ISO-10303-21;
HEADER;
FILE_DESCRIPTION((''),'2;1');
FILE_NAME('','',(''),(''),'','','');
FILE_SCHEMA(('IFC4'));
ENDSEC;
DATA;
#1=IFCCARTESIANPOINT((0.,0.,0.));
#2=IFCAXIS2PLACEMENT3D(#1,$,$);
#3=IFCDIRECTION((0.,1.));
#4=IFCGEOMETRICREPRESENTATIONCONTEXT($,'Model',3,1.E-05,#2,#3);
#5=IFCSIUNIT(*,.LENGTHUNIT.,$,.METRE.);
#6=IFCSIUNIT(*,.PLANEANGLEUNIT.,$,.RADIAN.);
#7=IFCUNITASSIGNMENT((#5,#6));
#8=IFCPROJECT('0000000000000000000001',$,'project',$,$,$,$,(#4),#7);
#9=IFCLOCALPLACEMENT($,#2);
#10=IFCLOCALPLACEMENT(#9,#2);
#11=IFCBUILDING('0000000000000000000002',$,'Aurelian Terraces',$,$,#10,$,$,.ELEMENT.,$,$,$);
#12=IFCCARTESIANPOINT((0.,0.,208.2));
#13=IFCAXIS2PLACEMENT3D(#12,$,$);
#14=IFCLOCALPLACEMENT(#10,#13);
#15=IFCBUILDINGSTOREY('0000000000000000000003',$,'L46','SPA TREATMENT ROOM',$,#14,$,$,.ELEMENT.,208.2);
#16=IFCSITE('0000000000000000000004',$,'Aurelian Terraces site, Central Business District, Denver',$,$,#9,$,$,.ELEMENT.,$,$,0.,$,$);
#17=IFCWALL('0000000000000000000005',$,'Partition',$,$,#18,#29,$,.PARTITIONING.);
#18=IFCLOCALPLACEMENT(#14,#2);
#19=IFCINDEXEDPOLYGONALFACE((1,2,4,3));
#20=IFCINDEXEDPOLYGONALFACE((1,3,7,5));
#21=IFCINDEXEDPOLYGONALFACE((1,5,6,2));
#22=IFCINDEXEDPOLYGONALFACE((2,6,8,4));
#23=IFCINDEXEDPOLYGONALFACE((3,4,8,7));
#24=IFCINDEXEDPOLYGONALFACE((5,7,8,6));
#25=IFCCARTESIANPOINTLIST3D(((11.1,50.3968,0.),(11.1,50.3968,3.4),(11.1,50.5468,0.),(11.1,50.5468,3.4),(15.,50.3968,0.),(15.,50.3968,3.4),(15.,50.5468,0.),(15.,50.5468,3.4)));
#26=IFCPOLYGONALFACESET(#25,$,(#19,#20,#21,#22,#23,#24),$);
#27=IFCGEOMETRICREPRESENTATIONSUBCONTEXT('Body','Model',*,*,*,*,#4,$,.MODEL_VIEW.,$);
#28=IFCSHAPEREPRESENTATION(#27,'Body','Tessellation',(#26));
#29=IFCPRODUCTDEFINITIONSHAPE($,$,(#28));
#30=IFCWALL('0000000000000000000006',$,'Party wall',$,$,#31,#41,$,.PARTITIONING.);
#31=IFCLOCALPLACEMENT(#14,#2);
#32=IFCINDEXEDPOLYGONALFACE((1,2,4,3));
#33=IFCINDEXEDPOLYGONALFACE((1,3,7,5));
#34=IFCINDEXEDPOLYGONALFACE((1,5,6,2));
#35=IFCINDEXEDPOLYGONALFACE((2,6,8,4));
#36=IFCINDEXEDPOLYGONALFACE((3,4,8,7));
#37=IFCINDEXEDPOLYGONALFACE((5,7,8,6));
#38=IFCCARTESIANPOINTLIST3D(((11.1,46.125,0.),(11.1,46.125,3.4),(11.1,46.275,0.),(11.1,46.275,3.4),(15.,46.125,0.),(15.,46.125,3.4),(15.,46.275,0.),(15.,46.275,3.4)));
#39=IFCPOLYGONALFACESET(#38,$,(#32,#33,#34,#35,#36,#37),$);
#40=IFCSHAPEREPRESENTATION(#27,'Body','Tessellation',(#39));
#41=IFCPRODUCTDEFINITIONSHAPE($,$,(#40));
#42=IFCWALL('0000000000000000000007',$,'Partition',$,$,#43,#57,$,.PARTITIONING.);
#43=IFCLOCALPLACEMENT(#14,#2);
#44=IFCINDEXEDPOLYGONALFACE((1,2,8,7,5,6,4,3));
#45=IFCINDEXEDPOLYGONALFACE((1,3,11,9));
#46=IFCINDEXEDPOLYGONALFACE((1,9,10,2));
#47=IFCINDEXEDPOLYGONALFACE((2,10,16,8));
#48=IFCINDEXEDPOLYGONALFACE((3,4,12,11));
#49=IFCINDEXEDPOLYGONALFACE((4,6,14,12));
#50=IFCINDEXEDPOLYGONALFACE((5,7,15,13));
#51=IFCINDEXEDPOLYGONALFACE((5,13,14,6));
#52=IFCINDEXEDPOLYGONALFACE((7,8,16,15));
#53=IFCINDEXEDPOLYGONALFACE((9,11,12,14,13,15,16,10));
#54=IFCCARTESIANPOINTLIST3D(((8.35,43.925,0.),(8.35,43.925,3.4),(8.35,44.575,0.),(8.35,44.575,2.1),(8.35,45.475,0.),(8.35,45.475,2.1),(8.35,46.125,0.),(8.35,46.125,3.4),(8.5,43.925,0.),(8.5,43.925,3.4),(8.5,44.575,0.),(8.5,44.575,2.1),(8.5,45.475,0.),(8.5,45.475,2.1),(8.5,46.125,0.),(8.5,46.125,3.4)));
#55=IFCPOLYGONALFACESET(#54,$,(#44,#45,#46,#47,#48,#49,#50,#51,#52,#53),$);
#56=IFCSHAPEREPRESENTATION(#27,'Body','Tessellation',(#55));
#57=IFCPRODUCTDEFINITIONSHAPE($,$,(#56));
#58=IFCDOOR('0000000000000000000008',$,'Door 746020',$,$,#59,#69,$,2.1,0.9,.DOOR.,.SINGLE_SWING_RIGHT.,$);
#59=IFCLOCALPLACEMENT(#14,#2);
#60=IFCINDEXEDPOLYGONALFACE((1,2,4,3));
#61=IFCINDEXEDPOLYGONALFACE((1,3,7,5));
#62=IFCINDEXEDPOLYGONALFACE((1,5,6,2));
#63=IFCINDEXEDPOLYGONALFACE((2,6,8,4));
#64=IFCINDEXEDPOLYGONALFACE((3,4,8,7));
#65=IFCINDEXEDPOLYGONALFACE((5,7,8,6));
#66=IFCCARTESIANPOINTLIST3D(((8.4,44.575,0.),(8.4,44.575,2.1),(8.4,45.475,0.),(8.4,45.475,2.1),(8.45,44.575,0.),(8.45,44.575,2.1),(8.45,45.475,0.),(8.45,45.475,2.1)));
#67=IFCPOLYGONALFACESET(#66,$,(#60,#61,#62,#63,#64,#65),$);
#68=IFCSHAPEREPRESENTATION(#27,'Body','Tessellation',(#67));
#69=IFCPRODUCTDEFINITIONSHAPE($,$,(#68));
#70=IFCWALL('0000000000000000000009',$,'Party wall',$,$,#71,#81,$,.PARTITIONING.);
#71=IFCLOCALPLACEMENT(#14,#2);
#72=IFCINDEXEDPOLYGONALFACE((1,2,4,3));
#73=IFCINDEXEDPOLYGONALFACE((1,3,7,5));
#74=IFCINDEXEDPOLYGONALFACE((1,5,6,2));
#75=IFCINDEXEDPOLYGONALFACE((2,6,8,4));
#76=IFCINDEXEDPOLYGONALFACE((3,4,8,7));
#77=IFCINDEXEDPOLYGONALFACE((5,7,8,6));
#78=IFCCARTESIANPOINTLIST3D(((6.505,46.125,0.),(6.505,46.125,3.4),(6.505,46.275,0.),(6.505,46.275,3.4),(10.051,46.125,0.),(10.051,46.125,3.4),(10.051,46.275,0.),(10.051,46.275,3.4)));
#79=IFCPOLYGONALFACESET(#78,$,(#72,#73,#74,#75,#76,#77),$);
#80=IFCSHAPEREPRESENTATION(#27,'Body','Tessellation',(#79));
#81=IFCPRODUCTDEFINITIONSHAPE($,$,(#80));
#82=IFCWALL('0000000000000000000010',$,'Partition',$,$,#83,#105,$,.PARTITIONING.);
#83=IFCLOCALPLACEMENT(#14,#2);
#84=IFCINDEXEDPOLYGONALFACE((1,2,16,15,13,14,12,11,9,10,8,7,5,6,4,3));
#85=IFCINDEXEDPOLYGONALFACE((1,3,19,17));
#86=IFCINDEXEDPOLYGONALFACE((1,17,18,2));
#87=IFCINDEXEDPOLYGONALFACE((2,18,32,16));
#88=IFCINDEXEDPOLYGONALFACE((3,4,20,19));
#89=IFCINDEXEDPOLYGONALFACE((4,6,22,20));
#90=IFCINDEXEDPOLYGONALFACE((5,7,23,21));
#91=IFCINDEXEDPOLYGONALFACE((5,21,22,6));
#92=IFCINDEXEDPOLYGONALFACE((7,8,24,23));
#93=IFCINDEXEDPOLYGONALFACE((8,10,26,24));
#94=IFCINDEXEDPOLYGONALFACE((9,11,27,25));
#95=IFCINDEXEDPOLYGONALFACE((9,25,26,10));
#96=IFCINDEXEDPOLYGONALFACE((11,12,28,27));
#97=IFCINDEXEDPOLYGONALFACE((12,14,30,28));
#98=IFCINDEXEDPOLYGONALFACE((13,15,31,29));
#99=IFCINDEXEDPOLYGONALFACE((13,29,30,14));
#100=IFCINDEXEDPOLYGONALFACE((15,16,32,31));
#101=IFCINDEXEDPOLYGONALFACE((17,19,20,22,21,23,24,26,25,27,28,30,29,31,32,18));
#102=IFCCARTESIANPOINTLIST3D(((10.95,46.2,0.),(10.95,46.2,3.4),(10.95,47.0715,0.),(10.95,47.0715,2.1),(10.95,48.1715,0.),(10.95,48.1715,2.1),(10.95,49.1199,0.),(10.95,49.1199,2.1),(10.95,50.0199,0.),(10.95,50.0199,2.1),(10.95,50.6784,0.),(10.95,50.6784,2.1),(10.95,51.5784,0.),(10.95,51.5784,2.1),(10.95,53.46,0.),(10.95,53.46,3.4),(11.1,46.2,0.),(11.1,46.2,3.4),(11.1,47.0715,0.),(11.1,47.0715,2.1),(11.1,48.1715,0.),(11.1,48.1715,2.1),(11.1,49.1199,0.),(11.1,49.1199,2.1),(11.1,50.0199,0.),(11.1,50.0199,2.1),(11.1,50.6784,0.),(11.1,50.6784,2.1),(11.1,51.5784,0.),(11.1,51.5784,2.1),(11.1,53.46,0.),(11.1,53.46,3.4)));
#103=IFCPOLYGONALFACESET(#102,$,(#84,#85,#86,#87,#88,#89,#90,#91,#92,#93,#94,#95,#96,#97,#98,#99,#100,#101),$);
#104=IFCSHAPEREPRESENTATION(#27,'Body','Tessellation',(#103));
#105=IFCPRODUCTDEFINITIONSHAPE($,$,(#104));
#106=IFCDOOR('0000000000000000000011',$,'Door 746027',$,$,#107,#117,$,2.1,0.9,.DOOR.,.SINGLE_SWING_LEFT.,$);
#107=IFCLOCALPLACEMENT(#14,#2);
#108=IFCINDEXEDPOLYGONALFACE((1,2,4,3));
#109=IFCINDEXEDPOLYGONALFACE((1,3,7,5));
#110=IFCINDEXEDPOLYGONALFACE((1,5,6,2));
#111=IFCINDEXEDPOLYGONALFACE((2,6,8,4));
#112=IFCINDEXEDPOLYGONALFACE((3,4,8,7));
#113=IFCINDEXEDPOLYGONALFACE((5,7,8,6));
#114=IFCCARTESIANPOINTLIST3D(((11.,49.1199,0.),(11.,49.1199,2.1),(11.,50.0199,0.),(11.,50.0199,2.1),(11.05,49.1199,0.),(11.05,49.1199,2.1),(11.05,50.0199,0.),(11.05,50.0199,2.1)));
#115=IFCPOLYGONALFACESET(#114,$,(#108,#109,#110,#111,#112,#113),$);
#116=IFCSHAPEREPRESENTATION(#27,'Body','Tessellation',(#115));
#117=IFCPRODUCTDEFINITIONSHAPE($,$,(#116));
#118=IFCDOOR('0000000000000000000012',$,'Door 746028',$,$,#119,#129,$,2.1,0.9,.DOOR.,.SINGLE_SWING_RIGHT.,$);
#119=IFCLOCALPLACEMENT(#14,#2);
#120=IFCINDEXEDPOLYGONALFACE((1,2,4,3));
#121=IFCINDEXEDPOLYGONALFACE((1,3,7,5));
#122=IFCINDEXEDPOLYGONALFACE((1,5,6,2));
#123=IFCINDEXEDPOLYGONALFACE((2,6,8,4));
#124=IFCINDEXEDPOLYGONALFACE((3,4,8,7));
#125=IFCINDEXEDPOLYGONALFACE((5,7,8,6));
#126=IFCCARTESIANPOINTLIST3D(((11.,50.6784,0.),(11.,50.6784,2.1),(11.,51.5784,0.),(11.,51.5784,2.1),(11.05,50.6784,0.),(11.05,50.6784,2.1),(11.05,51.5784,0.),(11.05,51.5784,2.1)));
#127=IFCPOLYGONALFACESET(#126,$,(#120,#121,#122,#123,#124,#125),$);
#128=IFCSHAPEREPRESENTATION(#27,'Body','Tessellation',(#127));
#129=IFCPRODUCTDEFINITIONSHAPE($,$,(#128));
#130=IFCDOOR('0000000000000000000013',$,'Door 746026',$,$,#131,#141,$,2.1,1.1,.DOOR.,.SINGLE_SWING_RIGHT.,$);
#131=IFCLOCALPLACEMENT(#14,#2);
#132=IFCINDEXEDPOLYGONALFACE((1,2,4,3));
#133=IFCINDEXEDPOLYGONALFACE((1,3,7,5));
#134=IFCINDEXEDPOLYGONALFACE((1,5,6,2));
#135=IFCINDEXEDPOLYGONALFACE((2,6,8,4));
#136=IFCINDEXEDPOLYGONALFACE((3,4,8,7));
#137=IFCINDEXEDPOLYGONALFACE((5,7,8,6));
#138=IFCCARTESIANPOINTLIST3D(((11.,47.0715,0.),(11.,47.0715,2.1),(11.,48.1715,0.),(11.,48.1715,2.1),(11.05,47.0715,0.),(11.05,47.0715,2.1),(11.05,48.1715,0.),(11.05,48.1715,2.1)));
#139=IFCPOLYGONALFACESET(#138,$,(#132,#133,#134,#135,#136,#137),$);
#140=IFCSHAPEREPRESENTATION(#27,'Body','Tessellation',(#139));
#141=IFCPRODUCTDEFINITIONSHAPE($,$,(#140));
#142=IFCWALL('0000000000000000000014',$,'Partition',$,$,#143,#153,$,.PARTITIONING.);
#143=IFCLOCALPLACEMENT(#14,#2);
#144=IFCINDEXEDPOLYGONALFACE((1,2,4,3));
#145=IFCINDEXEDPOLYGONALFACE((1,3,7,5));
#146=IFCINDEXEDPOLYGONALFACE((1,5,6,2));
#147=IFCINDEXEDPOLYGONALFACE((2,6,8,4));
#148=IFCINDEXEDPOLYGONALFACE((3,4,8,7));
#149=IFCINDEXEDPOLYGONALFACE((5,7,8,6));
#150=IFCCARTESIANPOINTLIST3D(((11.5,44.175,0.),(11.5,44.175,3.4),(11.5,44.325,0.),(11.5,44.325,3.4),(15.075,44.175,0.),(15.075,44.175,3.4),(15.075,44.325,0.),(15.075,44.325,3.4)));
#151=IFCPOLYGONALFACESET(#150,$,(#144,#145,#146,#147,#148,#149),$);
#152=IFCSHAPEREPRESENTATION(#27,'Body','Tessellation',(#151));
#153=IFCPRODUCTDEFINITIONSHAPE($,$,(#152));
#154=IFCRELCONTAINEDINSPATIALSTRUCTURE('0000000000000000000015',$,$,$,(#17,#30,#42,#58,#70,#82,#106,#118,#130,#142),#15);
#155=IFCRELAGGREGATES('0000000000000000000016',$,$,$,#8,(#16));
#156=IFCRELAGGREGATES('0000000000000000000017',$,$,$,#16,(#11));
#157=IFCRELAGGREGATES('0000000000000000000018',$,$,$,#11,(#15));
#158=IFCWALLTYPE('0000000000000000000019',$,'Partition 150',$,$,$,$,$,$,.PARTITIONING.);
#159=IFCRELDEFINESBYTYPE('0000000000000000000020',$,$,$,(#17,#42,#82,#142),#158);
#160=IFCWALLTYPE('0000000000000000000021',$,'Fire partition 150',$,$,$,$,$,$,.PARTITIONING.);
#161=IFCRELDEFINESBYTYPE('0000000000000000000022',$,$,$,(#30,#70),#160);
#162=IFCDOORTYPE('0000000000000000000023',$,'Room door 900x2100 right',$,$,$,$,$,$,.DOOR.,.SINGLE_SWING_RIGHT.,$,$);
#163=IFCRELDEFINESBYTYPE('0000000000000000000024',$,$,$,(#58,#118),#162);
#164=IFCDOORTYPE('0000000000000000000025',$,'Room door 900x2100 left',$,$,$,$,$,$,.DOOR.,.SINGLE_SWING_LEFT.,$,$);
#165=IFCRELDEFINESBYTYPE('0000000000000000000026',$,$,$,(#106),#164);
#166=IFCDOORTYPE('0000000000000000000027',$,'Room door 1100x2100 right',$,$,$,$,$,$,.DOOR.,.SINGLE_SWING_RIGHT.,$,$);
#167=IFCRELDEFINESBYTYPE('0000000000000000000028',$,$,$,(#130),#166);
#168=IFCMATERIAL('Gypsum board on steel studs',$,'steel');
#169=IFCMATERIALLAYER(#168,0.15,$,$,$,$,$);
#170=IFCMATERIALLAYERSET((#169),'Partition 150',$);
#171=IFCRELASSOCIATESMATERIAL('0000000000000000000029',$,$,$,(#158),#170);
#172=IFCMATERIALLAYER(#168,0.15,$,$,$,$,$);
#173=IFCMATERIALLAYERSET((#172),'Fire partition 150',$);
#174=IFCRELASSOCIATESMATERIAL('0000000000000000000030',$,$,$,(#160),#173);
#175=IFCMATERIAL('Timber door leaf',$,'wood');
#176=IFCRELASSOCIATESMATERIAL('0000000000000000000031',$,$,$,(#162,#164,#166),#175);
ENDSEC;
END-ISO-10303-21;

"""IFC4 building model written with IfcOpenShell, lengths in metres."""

from ifc_helpers import new_model, si_unit, direction, frame, frame_2d, origin, place, context, subcontext, project, spatial, rectangle, extrude, source, transform, mapped, material, layer, layer_set, type_object, element, fill, save


model = new_model("IFC4")

# Units and contexts
model_context = context("Model", 3, precision=1e-05, world=origin(), true_north=direction((0.0, 1.0)))
body_context = subcontext(model_context, "Body", "Model", "MODEL_VIEW")
ifc_project = project(units=[si_unit("LENGTHUNIT", "METRE"), si_unit("PLANEANGLEUNIT", "RADIAN")], contexts=[model_context])

# Site, building, storey
site_placement = place(None, origin())
site = spatial("IfcSite", under=ifc_project, at=site_placement, Name="Aurelian Terraces site, Central Business District, Denver", CompositionType="ELEMENT", RefElevation=0.0)
building_placement = place(site_placement, origin())
building = spatial("IfcBuilding", under=site, at=building_placement, Name="Aurelian Terraces", CompositionType="ELEMENT")
storey_placement = place(building_placement, frame((0.0, 0.0, 208.2)))
storey = spatial("IfcBuildingStorey", under=building, at=storey_placement, Name="L46", Description="SPA TREATMENT ROOM", CompositionType="ELEMENT", Elevation=208.2)

# Walls
ifc_material_1 = material(Name="Gypsum board on steel studs", Category="steel")
ifc_layer_1 = layer(ifc_material_1, 0.15)
ifc_layer_set_1 = layer_set([ifc_layer_1], Name="Partition 150")
wall_type_1 = type_object("IfcWallType", Name="Partition 150", PredefinedType="PARTITIONING", material=ifc_layer_set_1)
shared_shape_1 = source(origin(), body_context, "Body", "SweptSolid", [
    extrude(rectangle(XDim=3.9, YDim=0.15, at=frame_2d((1.95, 0.0))), origin(), (0.0, 0.0, 1.0), 3.4),
])
for number, where, z_axis, x_axis, name in (
    (1, (15.0, 50.4718, 0.0), (0.0, 0.0, 1.0), (-1.0, 0.0, 0.0), "Partition"),
):
    element("IfcWall", number, at=place(storey_placement, frame(where, z_axis=z_axis, x_axis=x_axis)), inside=storey, type_object=wall_type_1, Name=name, PredefinedType="PARTITIONING", context=body_context, shape_type="MappedRepresentation", body=[
        mapped(shared_shape_1, transform((0.0, 0.0, 0.0), scale=1.0)),
    ])
ifc_layer_2 = layer(ifc_material_1, 0.15)
ifc_layer_set_2 = layer_set([ifc_layer_2], Name="Fire partition 150")
wall_type_2 = type_object("IfcWallType", Name="Fire partition 150", PredefinedType="PARTITIONING", material=ifc_layer_set_2)
wall_1_placement = place(storey_placement, frame((15.0, 46.2, 0.0), z_axis=(0.0, 0.0, 1.0), x_axis=(-1.0, 0.0, 0.0)))
element("IfcWall", 2, at=wall_1_placement, inside=storey, type_object=wall_type_2, Name="Party wall", PredefinedType="PARTITIONING", context=body_context, shape_type="MappedRepresentation", body=[
    mapped(shared_shape_1, transform((0.0, 0.0, 0.0), scale=1.0)),
])

# Wall, opening, door
shared_shape_2 = source(origin(), body_context, "Body", "SweptSolid", [
    extrude(rectangle(XDim=2.2, YDim=0.15, at=frame_2d((1.1, 0.0))), origin(), (0.0, 0.0, 1.0), 3.4),
])
wall_2_placement = place(storey_placement, frame((8.425, 43.925, 0.0), z_axis=(0.0, 0.0, 1.0), x_axis=(0.0, 1.0, 0.0)))
wall_2 = element("IfcWall", 3, at=wall_2_placement, inside=storey, type_object=wall_type_1, Name="Partition", PredefinedType="PARTITIONING", context=body_context, shape_type="MappedRepresentation", body=[
    mapped(shared_shape_2, transform((0.0, 0.0, 0.0), scale=1.0)),
])
shared_shape_3 = source(origin(), body_context, "Body", "SweptSolid", [
    extrude(rectangle(XDim=0.9, YDim=2.1, at=frame_2d((0.45, 1.05))), frame((0.0, 0.085, 0.0), z_axis=(0.0, -1.0, 0.0), x_axis=(1.0, 0.0, 0.0)), (0.0, 0.0, 1.0), 0.17),
])
opening_1_placement = place(wall_2_placement, frame((0.65, 0.0, 0.0)))
opening_1 = element("IfcOpeningElement", 4, at=opening_1_placement, cuts=wall_2, PredefinedType="OPENING", context=body_context, shape_type="MappedRepresentation", body=[
    mapped(shared_shape_3, transform((0.0, 0.0, 0.0), scale=1.0)),
])
ifc_material_2 = material(Name="Timber door leaf", Category="wood")
door_type_1 = type_object("IfcDoorType", Name="Room door 900x2100 right", OperationType="SINGLE_SWING_RIGHT", PredefinedType="DOOR", material=ifc_material_2)
shared_shape_4 = source(origin(), body_context, "Body", "SweptSolid", [
    extrude(rectangle(XDim=0.9, YDim=2.1, at=frame_2d((0.45, 1.05))), frame((0.0, 0.025, 0.0), z_axis=(0.0, -1.0, 0.0), x_axis=(1.0, 0.0, 0.0)), (0.0, 0.0, 1.0), 0.05),
])
door_1_placement = place(opening_1_placement, origin())
door_1 = element("IfcDoor", 5, at=door_1_placement, inside=storey, type_object=door_type_1, Name="Door 746020", OperationType="SINGLE_SWING_RIGHT", OverallHeight=2.1, OverallWidth=0.9, PredefinedType="DOOR", context=body_context, shape_type="MappedRepresentation", body=[
    mapped(shared_shape_4, transform((0.0, 0.0, 0.0), scale=1.0)),
])
fill(opening_1, door_1)

# Wall
shared_shape_5 = source(origin(), body_context, "Body", "SweptSolid", [
    extrude(rectangle(XDim=3.546, YDim=0.15, at=frame_2d((1.773, 0.0))), origin(), (0.0, 0.0, 1.0), 3.4),
])
wall_3_placement = place(storey_placement, frame((10.051, 46.2, 0.0), z_axis=(0.0, 0.0, 1.0), x_axis=(-1.0, 0.0, 0.0)))
element("IfcWall", 6, at=wall_3_placement, inside=storey, type_object=wall_type_2, Name="Party wall", PredefinedType="PARTITIONING", context=body_context, shape_type="MappedRepresentation", body=[
    mapped(shared_shape_5, transform((0.0, 0.0, 0.0), scale=1.0)),
])

# Wall, openings, doors
shared_shape_6 = source(origin(), body_context, "Body", "SweptSolid", [
    extrude(rectangle(XDim=7.26, YDim=0.15, at=frame_2d((3.63, 0.0))), origin(), (0.0, 0.0, 1.0), 3.4),
])
wall_4_placement = place(storey_placement, frame((11.025, 46.2, 0.0), z_axis=(0.0, 0.0, 1.0), x_axis=(0.0, 1.0, 0.0)))
wall_4 = element("IfcWall", 7, at=wall_4_placement, inside=storey, type_object=wall_type_1, Name="Partition", PredefinedType="PARTITIONING", context=body_context, shape_type="MappedRepresentation", body=[
    mapped(shared_shape_6, transform((0.0, 0.0, 0.0), scale=1.0)),
])
shared_shape_7 = source(origin(), body_context, "Body", "SweptSolid", [
    extrude(rectangle(XDim=1.1, YDim=2.1, at=frame_2d((0.55, 1.05))), frame((0.0, 0.085, 0.0), z_axis=(0.0, -1.0, 0.0), x_axis=(1.0, 0.0, 0.0)), (0.0, 0.0, 1.0), 0.17),
])
opening_2_placement = place(wall_4_placement, frame((0.8715, 0.0, 0.0)))
opening_2 = element("IfcOpeningElement", 8, at=opening_2_placement, cuts=wall_4, PredefinedType="OPENING", context=body_context, shape_type="MappedRepresentation", body=[
    mapped(shared_shape_7, transform((0.0, 0.0, 0.0), scale=1.0)),
])
opening_3_placement = place(wall_4_placement, frame((2.9199, 0.0, 0.0)))
opening_3 = element("IfcOpeningElement", 9, at=opening_3_placement, cuts=wall_4, PredefinedType="OPENING", context=body_context, shape_type="MappedRepresentation", body=[
    mapped(shared_shape_3, transform((0.0, 0.0, 0.0), scale=1.0)),
])
opening_4_placement = place(wall_4_placement, frame((4.4784, 0.0, 0.0)))
opening_4 = element("IfcOpeningElement", 10, at=opening_4_placement, cuts=wall_4, PredefinedType="OPENING", context=body_context, shape_type="MappedRepresentation", body=[
    mapped(shared_shape_3, transform((0.0, 0.0, 0.0), scale=1.0)),
])
door_type_2 = type_object("IfcDoorType", Name="Room door 900x2100 left", OperationType="SINGLE_SWING_LEFT", PredefinedType="DOOR", material=ifc_material_2)
door_2_placement = place(opening_3_placement, origin())
door_2 = element("IfcDoor", 11, at=door_2_placement, inside=storey, type_object=door_type_2, Name="Door 746027", OperationType="SINGLE_SWING_LEFT", OverallHeight=2.1, OverallWidth=0.9, PredefinedType="DOOR", context=body_context, shape_type="MappedRepresentation", body=[
    mapped(shared_shape_4, transform((0.0, 0.0, 0.0), scale=1.0)),
])
fill(opening_3, door_2)
door_3_placement = place(opening_4_placement, origin())
door_3 = element("IfcDoor", 12, at=door_3_placement, inside=storey, type_object=door_type_1, Name="Door 746028", OperationType="SINGLE_SWING_RIGHT", OverallHeight=2.1, OverallWidth=0.9, PredefinedType="DOOR", context=body_context, shape_type="MappedRepresentation", body=[
    mapped(shared_shape_4, transform((0.0, 0.0, 0.0), scale=1.0)),
])
fill(opening_4, door_3)
door_type_3 = type_object("IfcDoorType", Name="Room door 1100x2100 right", OperationType="SINGLE_SWING_RIGHT", PredefinedType="DOOR", material=ifc_material_2)
shared_shape_8 = source(origin(), body_context, "Body", "SweptSolid", [
    extrude(rectangle(XDim=1.1, YDim=2.1, at=frame_2d((0.55, 1.05))), frame((0.0, 0.025, 0.0), z_axis=(0.0, -1.0, 0.0), x_axis=(1.0, 0.0, 0.0)), (0.0, 0.0, 1.0), 0.05),
])
door_4_placement = place(opening_2_placement, origin())
door_4 = element("IfcDoor", 13, at=door_4_placement, inside=storey, type_object=door_type_3, Name="Door 746026", OperationType="SINGLE_SWING_RIGHT", OverallHeight=2.1, OverallWidth=1.1, PredefinedType="DOOR", context=body_context, shape_type="MappedRepresentation", body=[
    mapped(shared_shape_8, transform((0.0, 0.0, 0.0), scale=1.0)),
])
fill(opening_2, door_4)

# Wall
shared_shape_9 = source(origin(), body_context, "Body", "SweptSolid", [
    extrude(rectangle(XDim=3.575, YDim=0.15, at=frame_2d((1.7875, 0.0))), origin(), (0.0, 0.0, 1.0), 3.4),
])
wall_5_placement = place(storey_placement, frame((15.075, 44.25, 0.0), z_axis=(0.0, 0.0, 1.0), x_axis=(-1.0, 0.0, 0.0)))
element("IfcWall", 14, at=wall_5_placement, inside=storey, type_object=wall_type_1, Name="Partition", PredefinedType="PARTITIONING", context=body_context, shape_type="MappedRepresentation", body=[
    mapped(shared_shape_9, transform((0.0, 0.0, 0.0), scale=1.0)),
])

save(model, "model.ifc")
